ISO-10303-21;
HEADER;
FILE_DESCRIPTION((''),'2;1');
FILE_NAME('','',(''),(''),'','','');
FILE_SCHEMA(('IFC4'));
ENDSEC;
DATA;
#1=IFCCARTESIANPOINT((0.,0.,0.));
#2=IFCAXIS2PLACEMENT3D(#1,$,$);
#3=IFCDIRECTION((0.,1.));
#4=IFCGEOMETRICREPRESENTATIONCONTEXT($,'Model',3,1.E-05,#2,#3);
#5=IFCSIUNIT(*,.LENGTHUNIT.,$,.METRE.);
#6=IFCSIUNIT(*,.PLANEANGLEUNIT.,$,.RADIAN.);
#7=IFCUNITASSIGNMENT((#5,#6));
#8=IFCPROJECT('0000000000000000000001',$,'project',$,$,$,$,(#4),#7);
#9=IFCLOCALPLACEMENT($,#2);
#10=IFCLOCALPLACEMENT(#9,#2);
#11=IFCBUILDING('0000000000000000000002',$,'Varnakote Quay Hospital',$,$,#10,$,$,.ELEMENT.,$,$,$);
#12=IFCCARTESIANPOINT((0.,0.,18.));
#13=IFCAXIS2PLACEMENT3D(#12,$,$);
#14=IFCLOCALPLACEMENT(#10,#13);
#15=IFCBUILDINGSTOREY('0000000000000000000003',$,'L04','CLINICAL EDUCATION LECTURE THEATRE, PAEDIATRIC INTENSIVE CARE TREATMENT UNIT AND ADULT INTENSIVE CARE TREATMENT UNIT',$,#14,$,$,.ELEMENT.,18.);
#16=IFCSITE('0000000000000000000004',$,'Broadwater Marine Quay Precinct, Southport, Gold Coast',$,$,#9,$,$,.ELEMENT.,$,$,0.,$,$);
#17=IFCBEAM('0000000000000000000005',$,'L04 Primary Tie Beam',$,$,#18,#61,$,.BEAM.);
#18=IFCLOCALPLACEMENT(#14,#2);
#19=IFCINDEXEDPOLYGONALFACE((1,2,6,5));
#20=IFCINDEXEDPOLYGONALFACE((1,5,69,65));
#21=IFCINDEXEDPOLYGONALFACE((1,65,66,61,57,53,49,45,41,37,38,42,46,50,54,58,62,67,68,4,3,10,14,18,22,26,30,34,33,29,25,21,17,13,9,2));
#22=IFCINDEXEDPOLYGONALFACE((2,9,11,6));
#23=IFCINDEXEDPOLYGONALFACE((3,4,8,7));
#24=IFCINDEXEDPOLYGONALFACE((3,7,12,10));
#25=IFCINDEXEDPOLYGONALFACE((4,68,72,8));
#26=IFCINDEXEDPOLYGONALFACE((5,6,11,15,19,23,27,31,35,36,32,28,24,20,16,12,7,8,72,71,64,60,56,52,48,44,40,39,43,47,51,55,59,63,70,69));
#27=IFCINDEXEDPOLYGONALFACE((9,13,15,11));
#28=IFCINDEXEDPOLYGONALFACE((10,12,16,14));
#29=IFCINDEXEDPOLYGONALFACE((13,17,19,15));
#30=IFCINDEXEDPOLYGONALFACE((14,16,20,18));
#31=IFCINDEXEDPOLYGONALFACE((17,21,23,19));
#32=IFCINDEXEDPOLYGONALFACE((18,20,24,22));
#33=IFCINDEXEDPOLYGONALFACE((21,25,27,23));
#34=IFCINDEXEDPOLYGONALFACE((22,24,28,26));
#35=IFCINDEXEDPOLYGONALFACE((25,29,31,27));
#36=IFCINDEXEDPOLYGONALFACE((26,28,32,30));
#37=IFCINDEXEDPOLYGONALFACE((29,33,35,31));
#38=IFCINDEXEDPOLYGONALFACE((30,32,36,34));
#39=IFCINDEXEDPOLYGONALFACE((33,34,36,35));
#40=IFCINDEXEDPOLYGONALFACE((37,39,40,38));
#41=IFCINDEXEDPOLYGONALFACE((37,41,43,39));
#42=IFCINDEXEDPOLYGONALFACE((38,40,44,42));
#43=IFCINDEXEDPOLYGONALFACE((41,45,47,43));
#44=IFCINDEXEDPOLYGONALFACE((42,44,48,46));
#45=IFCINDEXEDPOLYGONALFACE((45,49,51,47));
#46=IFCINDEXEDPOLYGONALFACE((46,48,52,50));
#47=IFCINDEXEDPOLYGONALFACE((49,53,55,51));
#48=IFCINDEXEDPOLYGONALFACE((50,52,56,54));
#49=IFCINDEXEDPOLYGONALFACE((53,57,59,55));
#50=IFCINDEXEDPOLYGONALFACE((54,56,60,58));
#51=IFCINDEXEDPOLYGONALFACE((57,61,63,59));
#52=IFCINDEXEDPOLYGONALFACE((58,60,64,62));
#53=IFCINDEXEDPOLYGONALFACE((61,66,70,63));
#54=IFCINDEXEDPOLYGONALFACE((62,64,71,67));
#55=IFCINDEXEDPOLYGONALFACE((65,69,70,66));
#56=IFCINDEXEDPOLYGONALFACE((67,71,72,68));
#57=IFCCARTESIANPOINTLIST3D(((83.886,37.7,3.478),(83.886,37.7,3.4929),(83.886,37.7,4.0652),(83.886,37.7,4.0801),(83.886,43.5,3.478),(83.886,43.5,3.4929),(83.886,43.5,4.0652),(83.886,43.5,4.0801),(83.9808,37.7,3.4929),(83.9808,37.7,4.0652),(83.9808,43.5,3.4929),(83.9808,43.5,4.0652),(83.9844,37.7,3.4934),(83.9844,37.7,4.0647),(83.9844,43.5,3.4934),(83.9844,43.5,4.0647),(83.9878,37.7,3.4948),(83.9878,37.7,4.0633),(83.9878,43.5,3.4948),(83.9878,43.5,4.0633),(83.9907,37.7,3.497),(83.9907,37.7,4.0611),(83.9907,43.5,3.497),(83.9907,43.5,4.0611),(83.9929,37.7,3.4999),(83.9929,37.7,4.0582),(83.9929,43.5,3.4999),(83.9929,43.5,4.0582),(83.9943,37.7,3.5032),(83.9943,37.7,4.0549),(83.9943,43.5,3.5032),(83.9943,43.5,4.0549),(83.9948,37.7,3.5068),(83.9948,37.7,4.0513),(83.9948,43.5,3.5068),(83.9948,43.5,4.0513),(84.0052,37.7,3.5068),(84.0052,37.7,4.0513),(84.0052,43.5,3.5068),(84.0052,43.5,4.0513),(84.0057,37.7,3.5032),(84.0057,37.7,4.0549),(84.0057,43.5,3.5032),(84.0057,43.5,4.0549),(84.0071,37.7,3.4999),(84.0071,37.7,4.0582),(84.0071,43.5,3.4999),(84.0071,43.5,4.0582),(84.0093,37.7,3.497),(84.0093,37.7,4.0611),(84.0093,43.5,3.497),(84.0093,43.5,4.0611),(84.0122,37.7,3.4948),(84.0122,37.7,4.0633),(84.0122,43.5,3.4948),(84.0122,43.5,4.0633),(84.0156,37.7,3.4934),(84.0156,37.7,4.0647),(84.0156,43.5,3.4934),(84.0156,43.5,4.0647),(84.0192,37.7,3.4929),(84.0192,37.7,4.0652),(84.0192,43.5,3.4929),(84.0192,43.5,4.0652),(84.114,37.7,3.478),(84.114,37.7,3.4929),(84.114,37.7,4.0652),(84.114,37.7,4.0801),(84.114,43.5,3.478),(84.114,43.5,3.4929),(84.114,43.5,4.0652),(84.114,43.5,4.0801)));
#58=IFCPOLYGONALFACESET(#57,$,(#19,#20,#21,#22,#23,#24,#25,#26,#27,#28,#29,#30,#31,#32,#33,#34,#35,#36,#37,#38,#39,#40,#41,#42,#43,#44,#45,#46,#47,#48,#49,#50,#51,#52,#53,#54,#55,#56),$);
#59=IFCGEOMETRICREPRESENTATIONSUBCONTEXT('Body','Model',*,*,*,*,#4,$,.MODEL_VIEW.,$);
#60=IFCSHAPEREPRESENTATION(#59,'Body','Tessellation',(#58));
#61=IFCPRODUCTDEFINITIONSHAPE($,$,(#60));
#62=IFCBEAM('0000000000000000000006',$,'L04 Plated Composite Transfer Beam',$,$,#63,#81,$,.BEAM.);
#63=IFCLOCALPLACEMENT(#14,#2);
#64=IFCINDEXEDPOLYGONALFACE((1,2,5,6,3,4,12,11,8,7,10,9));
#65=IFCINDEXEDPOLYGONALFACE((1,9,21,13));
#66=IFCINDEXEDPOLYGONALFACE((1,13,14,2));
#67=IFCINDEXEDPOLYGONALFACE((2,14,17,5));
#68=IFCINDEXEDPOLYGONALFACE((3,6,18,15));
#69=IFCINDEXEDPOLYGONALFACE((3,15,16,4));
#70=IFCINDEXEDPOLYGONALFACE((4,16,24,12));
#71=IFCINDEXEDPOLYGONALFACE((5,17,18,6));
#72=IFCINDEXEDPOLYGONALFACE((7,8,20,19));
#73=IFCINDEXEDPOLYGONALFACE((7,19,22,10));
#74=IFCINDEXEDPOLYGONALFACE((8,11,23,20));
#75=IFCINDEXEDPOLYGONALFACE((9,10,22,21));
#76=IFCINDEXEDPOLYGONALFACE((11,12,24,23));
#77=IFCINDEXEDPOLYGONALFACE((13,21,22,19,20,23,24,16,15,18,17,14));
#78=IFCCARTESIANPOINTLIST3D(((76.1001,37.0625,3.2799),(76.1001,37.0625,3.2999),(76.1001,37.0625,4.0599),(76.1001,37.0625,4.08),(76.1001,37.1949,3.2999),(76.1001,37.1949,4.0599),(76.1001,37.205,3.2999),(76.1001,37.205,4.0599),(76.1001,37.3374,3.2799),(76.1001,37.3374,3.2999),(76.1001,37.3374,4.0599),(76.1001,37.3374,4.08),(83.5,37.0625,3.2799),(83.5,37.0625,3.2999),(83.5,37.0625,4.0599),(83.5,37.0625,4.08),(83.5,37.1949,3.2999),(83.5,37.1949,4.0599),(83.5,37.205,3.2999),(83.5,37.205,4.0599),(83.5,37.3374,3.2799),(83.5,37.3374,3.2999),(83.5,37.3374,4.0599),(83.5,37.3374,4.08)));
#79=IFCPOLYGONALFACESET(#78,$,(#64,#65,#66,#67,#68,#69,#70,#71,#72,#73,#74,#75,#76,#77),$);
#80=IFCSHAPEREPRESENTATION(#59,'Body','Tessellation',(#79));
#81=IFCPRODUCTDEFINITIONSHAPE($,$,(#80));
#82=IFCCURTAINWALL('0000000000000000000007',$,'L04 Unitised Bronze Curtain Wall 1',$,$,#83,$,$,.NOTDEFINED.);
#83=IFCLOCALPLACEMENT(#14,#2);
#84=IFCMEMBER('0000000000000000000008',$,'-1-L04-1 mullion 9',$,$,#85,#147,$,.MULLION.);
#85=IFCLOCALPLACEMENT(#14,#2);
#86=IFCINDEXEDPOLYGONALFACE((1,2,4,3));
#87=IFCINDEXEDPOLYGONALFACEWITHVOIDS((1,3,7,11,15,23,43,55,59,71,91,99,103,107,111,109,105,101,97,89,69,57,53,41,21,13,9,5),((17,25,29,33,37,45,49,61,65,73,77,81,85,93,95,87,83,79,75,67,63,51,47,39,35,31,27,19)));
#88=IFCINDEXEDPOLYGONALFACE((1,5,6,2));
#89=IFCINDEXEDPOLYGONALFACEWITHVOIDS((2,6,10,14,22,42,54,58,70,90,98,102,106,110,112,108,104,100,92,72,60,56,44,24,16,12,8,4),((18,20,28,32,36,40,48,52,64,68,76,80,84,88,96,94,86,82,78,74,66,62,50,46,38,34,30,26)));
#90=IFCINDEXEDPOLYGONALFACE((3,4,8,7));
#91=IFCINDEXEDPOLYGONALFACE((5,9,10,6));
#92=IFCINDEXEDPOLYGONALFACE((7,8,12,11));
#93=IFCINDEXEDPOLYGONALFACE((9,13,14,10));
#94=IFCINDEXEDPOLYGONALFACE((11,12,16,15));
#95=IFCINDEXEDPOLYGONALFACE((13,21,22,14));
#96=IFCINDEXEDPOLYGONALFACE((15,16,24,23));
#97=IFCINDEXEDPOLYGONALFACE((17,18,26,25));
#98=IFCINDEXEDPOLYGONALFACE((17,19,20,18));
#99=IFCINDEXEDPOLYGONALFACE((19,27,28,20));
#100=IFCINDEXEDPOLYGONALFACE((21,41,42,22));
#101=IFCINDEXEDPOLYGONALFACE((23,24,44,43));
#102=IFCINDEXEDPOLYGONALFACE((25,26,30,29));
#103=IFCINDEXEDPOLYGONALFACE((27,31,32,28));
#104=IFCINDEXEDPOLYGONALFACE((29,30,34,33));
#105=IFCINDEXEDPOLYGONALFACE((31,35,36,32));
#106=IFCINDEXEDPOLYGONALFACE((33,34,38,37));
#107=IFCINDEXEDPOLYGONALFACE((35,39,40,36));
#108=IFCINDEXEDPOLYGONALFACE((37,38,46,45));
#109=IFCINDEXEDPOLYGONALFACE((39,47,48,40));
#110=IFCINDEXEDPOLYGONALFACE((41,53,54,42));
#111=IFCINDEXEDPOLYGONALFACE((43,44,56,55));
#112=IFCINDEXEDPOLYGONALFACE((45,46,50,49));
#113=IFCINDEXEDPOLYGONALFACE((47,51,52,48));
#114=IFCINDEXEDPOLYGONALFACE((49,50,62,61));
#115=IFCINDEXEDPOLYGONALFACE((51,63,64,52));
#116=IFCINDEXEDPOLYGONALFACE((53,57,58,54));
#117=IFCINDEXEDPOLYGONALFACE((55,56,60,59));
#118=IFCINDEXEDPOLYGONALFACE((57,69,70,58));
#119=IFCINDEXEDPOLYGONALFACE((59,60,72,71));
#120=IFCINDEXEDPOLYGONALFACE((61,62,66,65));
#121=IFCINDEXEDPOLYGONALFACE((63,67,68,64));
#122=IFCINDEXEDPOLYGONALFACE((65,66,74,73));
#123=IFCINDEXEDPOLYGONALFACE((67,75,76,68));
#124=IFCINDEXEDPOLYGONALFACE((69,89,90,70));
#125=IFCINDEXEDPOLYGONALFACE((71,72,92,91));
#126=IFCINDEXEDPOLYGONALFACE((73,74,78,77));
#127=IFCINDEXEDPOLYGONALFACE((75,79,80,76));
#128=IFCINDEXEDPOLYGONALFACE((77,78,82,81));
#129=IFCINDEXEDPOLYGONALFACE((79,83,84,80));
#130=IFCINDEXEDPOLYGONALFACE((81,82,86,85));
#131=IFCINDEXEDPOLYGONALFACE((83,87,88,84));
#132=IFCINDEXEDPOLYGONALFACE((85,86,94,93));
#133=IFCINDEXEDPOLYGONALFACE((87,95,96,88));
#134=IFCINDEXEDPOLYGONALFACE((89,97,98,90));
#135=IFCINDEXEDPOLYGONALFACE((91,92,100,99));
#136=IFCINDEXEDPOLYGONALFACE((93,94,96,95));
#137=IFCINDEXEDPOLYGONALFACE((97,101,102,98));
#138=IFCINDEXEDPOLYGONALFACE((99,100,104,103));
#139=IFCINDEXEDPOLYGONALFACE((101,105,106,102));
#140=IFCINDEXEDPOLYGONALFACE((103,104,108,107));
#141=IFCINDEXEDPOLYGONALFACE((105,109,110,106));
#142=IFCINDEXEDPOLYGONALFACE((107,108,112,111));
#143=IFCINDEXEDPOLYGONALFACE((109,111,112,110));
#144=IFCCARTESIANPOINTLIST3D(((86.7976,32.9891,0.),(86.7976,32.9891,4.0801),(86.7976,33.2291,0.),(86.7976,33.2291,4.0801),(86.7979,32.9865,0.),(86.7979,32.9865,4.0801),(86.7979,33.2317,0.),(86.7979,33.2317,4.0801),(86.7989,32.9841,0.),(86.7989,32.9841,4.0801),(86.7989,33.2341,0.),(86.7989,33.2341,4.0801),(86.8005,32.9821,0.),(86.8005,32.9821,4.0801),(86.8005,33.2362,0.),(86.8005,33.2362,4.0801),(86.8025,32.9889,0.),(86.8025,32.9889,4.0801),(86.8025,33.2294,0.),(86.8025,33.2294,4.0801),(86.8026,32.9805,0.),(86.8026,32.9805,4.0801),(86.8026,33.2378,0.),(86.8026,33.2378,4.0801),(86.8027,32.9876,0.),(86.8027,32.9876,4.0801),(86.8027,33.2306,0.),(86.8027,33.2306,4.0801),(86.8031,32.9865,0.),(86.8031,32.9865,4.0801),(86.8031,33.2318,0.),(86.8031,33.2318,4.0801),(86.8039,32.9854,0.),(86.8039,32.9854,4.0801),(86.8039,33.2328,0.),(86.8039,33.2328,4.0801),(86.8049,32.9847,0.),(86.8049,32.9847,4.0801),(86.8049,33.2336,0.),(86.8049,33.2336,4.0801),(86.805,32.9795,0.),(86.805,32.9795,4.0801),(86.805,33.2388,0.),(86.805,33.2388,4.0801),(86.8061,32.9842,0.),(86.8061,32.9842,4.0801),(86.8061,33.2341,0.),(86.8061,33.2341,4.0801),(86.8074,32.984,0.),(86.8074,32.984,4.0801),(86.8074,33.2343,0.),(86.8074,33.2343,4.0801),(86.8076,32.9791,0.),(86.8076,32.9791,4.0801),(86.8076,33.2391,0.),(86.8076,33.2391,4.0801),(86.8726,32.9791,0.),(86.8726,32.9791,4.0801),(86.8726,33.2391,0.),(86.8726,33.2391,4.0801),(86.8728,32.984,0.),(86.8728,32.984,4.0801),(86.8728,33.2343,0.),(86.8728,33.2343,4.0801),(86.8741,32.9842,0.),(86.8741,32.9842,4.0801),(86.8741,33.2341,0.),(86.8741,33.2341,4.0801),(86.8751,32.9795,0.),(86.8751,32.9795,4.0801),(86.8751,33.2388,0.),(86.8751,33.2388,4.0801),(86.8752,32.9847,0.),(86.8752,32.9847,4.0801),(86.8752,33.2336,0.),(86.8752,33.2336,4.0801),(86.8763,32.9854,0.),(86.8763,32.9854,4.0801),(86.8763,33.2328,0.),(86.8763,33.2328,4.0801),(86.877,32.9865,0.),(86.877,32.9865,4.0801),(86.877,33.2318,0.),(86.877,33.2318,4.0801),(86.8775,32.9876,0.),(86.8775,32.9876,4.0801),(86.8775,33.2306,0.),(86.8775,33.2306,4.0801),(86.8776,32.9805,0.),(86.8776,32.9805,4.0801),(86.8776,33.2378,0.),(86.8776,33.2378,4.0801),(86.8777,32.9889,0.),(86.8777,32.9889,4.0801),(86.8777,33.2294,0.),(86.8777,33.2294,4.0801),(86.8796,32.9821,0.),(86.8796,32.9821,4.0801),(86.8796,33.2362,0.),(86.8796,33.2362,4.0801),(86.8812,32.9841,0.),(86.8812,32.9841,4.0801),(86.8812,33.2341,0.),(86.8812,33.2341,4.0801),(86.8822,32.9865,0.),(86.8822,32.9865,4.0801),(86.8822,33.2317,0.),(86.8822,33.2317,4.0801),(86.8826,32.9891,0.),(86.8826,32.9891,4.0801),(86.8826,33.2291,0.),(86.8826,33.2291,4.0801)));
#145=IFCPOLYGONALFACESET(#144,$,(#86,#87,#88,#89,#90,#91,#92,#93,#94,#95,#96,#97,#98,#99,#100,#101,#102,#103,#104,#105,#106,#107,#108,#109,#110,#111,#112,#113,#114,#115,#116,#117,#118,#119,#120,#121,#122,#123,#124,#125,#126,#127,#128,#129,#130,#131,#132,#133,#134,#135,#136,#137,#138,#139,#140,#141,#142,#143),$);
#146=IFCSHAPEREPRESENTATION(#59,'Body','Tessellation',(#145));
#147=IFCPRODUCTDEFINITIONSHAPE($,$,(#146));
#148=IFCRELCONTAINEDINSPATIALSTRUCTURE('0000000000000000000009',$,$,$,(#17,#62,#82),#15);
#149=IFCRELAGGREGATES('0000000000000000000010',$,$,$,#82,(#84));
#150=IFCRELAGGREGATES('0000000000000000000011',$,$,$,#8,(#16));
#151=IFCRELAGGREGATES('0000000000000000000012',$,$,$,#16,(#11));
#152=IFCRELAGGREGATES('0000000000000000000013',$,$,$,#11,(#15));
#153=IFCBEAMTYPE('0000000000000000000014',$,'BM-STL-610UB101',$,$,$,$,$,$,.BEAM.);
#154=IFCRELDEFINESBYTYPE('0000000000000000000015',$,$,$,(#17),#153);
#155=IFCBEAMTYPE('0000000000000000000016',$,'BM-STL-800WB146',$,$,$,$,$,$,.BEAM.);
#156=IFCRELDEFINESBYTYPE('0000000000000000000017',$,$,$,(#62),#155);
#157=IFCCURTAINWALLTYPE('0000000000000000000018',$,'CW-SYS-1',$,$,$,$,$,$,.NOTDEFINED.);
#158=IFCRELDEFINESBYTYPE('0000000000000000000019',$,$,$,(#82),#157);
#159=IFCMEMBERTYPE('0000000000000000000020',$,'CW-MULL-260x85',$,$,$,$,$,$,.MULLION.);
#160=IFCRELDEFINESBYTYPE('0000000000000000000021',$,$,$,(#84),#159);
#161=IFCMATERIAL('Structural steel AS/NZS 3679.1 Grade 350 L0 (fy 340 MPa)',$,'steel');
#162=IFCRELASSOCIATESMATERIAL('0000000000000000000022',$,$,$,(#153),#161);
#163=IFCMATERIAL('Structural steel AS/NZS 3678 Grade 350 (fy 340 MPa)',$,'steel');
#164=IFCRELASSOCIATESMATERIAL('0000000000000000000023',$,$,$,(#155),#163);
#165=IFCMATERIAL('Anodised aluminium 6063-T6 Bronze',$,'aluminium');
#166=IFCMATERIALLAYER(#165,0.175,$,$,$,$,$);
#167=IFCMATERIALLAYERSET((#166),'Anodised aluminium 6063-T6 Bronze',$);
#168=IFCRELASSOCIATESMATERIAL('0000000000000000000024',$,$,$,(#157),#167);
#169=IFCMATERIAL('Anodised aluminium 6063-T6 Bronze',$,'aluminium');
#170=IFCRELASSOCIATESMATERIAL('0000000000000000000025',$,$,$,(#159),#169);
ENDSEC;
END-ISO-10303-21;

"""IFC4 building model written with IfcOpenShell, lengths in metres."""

from ifc_helpers import new_model, si_unit, direction, frame, origin, origin_2d, place, context, subcontext, project, spatial, hollow_rectangle, i_section, extrude, material, layer, layer_set, material_profile, profile_set, type_object, element, aggregate, save


model = new_model("IFC4")

# Units and contexts
model_context = context("Model", 3, precision=1e-05, world=origin(), true_north=direction((0.0, 1.0)))
body_context = subcontext(model_context, "Body", "Model", "MODEL_VIEW")
ifc_project = project(units=[si_unit("LENGTHUNIT", "METRE"), si_unit("PLANEANGLEUNIT", "RADIAN")], contexts=[model_context])

# Site, building, storey
site_placement = place(None, origin())
site = spatial("IfcSite", under=ifc_project, at=site_placement, Name="Broadwater Marine Quay Precinct, Southport, Gold Coast", CompositionType="ELEMENT", RefElevation=0.0)
building_placement = place(site_placement, origin())
building = spatial("IfcBuilding", under=site, at=building_placement, Name="Varnakote Quay Hospital", CompositionType="ELEMENT")
storey_placement = place(building_placement, frame((0.0, 0.0, 18.0)))
storey = spatial("IfcBuildingStorey", under=building, at=storey_placement, Name="L04", Description="CLINICAL EDUCATION LECTURE THEATRE, PAEDIATRIC INTENSIVE CARE TREATMENT UNIT AND ADULT INTENSIVE CARE TREATMENT UNIT", CompositionType="ELEMENT", Elevation=18.0)

# Beams
ifc_material_1 = material(Name="Structural steel AS/NZS 3679.1 Grade 350 L0 (fy 340 MPa)", Category="steel")
ifc_material_profile_1 = material_profile(ifc_material_1, i_section(OverallWidth=0.228, OverallDepth=0.6021, WebThickness=0.0105, FlangeThickness=0.0149, FilletRadius=0.0139, at=origin_2d()), Name="610UB101")
ifc_profile_set_1 = profile_set([ifc_material_profile_1], Name="Structural steel AS/NZS 3679.1 Grade 350 L0 (fy 340 MPa)")
beam_type_1 = type_object("IfcBeamType", Name="BM-STL-610UB101", PredefinedType="BEAM", material=ifc_profile_set_1)
for number, where, z_axis, x_axis, name in (
    (1, (84.0, 37.7, 3.7791), (0.0, 1.0, 0.0), (-1.0, 0.0, 0.0), "L04 Primary Tie Beam"),
):
    element("IfcBeam", number, at=place(storey_placement, frame(where, z_axis=z_axis, x_axis=x_axis)), inside=storey, type_object=beam_type_1, Name=name, PredefinedType="BEAM", context=body_context, shape_type="SweptSolid", body=[
        extrude(i_section(OverallWidth=0.228, OverallDepth=0.6021, WebThickness=0.0105, FlangeThickness=0.0149, FilletRadius=0.0139, at=origin_2d()), origin(), (0.0, 0.0, 1.0), 5.8),
    ])
ifc_material_2 = material(Name="Structural steel AS/NZS 3678 Grade 350 (fy 340 MPa)", Category="steel")
ifc_material_profile_2 = material_profile(ifc_material_2, i_section(OverallWidth=0.2749, OverallDepth=0.8, WebThickness=0.01, FlangeThickness=0.02, at=origin_2d()), Name="800WB146")
ifc_profile_set_2 = profile_set([ifc_material_profile_2], Name="Structural steel AS/NZS 3678 Grade 350 (fy 340 MPa)")
beam_type_2 = type_object("IfcBeamType", Name="BM-STL-800WB146", PredefinedType="BEAM", material=ifc_profile_set_2)
beam_placement = place(storey_placement, frame((76.1001, 37.2, 3.6799), z_axis=(1.0, 0.0, 0.0), x_axis=(0.0, 1.0, 0.0)))
element("IfcBeam", 2, at=beam_placement, inside=storey, type_object=beam_type_2, Name="L04 Plated Composite Transfer Beam", PredefinedType="BEAM", context=body_context, shape_type="SweptSolid", body=[
    extrude(i_section(OverallWidth=0.2749, OverallDepth=0.8, WebThickness=0.01, FlangeThickness=0.02, at=origin_2d()), origin(), (0.0, 0.0, 1.0), 7.3999),
])

# Curtain wall, member
ifc_material_3 = material(Name="Anodised aluminium 6063-T6 Bronze", Category="aluminium")
ifc_layer_1 = layer(ifc_material_3, 0.175)
ifc_layer_set_1 = layer_set([ifc_layer_1], Name="Anodised aluminium 6063-T6 Bronze")
curtain_wall_type = type_object("IfcCurtainWallType", Name="CW-SYS-1", PredefinedType="NOTDEFINED", material=ifc_layer_set_1)
curtain_wall_placement = place(storey_placement, origin())
curtain_wall = element("IfcCurtainWall", 3, at=curtain_wall_placement, inside=storey, type_object=curtain_wall_type, Name="L04 Unitised Bronze Curtain Wall 1", PredefinedType="NOTDEFINED")
ifc_material_4 = material(Name="Anodised aluminium 6063-T6 Bronze", Category="aluminium")
ifc_material_profile_3 = material_profile(ifc_material_4, hollow_rectangle(XDim=0.085, YDim=0.26, WallThickness=0.0049, InnerFilletRadius=0.0049, OuterFilletRadius=0.01, at=origin_2d()), Name="CW-MULL-260x85")
ifc_profile_set_3 = profile_set([ifc_material_profile_3], Name="Anodised aluminium 6063-T6 Bronze")
member_type_1 = type_object("IfcMemberType", Name="CW-MULL-260x85", PredefinedType="MULLION", material=ifc_profile_set_3)
member_1_placement = place(storey_placement, frame((86.8401, 33.1091, 0.0), z_axis=(0.0, 0.0, 1.0), x_axis=(-1.0, 0.0, 0.0)))
member_1 = element("IfcMember", 4, at=member_1_placement, type_object=member_type_1, Name="-1-L04-1 mullion 9", PredefinedType="MULLION", context=body_context, shape_type="SweptSolid", body=[
    extrude(hollow_rectangle(XDim=0.085, YDim=0.26, WallThickness=0.0049, InnerFilletRadius=0.0049, OuterFilletRadius=0.01, at=origin_2d()), origin(), (0.0, 0.0, 1.0), 4.0801),
])

aggregate(curtain_wall, [member_1])

save(model, "model.ifc")
